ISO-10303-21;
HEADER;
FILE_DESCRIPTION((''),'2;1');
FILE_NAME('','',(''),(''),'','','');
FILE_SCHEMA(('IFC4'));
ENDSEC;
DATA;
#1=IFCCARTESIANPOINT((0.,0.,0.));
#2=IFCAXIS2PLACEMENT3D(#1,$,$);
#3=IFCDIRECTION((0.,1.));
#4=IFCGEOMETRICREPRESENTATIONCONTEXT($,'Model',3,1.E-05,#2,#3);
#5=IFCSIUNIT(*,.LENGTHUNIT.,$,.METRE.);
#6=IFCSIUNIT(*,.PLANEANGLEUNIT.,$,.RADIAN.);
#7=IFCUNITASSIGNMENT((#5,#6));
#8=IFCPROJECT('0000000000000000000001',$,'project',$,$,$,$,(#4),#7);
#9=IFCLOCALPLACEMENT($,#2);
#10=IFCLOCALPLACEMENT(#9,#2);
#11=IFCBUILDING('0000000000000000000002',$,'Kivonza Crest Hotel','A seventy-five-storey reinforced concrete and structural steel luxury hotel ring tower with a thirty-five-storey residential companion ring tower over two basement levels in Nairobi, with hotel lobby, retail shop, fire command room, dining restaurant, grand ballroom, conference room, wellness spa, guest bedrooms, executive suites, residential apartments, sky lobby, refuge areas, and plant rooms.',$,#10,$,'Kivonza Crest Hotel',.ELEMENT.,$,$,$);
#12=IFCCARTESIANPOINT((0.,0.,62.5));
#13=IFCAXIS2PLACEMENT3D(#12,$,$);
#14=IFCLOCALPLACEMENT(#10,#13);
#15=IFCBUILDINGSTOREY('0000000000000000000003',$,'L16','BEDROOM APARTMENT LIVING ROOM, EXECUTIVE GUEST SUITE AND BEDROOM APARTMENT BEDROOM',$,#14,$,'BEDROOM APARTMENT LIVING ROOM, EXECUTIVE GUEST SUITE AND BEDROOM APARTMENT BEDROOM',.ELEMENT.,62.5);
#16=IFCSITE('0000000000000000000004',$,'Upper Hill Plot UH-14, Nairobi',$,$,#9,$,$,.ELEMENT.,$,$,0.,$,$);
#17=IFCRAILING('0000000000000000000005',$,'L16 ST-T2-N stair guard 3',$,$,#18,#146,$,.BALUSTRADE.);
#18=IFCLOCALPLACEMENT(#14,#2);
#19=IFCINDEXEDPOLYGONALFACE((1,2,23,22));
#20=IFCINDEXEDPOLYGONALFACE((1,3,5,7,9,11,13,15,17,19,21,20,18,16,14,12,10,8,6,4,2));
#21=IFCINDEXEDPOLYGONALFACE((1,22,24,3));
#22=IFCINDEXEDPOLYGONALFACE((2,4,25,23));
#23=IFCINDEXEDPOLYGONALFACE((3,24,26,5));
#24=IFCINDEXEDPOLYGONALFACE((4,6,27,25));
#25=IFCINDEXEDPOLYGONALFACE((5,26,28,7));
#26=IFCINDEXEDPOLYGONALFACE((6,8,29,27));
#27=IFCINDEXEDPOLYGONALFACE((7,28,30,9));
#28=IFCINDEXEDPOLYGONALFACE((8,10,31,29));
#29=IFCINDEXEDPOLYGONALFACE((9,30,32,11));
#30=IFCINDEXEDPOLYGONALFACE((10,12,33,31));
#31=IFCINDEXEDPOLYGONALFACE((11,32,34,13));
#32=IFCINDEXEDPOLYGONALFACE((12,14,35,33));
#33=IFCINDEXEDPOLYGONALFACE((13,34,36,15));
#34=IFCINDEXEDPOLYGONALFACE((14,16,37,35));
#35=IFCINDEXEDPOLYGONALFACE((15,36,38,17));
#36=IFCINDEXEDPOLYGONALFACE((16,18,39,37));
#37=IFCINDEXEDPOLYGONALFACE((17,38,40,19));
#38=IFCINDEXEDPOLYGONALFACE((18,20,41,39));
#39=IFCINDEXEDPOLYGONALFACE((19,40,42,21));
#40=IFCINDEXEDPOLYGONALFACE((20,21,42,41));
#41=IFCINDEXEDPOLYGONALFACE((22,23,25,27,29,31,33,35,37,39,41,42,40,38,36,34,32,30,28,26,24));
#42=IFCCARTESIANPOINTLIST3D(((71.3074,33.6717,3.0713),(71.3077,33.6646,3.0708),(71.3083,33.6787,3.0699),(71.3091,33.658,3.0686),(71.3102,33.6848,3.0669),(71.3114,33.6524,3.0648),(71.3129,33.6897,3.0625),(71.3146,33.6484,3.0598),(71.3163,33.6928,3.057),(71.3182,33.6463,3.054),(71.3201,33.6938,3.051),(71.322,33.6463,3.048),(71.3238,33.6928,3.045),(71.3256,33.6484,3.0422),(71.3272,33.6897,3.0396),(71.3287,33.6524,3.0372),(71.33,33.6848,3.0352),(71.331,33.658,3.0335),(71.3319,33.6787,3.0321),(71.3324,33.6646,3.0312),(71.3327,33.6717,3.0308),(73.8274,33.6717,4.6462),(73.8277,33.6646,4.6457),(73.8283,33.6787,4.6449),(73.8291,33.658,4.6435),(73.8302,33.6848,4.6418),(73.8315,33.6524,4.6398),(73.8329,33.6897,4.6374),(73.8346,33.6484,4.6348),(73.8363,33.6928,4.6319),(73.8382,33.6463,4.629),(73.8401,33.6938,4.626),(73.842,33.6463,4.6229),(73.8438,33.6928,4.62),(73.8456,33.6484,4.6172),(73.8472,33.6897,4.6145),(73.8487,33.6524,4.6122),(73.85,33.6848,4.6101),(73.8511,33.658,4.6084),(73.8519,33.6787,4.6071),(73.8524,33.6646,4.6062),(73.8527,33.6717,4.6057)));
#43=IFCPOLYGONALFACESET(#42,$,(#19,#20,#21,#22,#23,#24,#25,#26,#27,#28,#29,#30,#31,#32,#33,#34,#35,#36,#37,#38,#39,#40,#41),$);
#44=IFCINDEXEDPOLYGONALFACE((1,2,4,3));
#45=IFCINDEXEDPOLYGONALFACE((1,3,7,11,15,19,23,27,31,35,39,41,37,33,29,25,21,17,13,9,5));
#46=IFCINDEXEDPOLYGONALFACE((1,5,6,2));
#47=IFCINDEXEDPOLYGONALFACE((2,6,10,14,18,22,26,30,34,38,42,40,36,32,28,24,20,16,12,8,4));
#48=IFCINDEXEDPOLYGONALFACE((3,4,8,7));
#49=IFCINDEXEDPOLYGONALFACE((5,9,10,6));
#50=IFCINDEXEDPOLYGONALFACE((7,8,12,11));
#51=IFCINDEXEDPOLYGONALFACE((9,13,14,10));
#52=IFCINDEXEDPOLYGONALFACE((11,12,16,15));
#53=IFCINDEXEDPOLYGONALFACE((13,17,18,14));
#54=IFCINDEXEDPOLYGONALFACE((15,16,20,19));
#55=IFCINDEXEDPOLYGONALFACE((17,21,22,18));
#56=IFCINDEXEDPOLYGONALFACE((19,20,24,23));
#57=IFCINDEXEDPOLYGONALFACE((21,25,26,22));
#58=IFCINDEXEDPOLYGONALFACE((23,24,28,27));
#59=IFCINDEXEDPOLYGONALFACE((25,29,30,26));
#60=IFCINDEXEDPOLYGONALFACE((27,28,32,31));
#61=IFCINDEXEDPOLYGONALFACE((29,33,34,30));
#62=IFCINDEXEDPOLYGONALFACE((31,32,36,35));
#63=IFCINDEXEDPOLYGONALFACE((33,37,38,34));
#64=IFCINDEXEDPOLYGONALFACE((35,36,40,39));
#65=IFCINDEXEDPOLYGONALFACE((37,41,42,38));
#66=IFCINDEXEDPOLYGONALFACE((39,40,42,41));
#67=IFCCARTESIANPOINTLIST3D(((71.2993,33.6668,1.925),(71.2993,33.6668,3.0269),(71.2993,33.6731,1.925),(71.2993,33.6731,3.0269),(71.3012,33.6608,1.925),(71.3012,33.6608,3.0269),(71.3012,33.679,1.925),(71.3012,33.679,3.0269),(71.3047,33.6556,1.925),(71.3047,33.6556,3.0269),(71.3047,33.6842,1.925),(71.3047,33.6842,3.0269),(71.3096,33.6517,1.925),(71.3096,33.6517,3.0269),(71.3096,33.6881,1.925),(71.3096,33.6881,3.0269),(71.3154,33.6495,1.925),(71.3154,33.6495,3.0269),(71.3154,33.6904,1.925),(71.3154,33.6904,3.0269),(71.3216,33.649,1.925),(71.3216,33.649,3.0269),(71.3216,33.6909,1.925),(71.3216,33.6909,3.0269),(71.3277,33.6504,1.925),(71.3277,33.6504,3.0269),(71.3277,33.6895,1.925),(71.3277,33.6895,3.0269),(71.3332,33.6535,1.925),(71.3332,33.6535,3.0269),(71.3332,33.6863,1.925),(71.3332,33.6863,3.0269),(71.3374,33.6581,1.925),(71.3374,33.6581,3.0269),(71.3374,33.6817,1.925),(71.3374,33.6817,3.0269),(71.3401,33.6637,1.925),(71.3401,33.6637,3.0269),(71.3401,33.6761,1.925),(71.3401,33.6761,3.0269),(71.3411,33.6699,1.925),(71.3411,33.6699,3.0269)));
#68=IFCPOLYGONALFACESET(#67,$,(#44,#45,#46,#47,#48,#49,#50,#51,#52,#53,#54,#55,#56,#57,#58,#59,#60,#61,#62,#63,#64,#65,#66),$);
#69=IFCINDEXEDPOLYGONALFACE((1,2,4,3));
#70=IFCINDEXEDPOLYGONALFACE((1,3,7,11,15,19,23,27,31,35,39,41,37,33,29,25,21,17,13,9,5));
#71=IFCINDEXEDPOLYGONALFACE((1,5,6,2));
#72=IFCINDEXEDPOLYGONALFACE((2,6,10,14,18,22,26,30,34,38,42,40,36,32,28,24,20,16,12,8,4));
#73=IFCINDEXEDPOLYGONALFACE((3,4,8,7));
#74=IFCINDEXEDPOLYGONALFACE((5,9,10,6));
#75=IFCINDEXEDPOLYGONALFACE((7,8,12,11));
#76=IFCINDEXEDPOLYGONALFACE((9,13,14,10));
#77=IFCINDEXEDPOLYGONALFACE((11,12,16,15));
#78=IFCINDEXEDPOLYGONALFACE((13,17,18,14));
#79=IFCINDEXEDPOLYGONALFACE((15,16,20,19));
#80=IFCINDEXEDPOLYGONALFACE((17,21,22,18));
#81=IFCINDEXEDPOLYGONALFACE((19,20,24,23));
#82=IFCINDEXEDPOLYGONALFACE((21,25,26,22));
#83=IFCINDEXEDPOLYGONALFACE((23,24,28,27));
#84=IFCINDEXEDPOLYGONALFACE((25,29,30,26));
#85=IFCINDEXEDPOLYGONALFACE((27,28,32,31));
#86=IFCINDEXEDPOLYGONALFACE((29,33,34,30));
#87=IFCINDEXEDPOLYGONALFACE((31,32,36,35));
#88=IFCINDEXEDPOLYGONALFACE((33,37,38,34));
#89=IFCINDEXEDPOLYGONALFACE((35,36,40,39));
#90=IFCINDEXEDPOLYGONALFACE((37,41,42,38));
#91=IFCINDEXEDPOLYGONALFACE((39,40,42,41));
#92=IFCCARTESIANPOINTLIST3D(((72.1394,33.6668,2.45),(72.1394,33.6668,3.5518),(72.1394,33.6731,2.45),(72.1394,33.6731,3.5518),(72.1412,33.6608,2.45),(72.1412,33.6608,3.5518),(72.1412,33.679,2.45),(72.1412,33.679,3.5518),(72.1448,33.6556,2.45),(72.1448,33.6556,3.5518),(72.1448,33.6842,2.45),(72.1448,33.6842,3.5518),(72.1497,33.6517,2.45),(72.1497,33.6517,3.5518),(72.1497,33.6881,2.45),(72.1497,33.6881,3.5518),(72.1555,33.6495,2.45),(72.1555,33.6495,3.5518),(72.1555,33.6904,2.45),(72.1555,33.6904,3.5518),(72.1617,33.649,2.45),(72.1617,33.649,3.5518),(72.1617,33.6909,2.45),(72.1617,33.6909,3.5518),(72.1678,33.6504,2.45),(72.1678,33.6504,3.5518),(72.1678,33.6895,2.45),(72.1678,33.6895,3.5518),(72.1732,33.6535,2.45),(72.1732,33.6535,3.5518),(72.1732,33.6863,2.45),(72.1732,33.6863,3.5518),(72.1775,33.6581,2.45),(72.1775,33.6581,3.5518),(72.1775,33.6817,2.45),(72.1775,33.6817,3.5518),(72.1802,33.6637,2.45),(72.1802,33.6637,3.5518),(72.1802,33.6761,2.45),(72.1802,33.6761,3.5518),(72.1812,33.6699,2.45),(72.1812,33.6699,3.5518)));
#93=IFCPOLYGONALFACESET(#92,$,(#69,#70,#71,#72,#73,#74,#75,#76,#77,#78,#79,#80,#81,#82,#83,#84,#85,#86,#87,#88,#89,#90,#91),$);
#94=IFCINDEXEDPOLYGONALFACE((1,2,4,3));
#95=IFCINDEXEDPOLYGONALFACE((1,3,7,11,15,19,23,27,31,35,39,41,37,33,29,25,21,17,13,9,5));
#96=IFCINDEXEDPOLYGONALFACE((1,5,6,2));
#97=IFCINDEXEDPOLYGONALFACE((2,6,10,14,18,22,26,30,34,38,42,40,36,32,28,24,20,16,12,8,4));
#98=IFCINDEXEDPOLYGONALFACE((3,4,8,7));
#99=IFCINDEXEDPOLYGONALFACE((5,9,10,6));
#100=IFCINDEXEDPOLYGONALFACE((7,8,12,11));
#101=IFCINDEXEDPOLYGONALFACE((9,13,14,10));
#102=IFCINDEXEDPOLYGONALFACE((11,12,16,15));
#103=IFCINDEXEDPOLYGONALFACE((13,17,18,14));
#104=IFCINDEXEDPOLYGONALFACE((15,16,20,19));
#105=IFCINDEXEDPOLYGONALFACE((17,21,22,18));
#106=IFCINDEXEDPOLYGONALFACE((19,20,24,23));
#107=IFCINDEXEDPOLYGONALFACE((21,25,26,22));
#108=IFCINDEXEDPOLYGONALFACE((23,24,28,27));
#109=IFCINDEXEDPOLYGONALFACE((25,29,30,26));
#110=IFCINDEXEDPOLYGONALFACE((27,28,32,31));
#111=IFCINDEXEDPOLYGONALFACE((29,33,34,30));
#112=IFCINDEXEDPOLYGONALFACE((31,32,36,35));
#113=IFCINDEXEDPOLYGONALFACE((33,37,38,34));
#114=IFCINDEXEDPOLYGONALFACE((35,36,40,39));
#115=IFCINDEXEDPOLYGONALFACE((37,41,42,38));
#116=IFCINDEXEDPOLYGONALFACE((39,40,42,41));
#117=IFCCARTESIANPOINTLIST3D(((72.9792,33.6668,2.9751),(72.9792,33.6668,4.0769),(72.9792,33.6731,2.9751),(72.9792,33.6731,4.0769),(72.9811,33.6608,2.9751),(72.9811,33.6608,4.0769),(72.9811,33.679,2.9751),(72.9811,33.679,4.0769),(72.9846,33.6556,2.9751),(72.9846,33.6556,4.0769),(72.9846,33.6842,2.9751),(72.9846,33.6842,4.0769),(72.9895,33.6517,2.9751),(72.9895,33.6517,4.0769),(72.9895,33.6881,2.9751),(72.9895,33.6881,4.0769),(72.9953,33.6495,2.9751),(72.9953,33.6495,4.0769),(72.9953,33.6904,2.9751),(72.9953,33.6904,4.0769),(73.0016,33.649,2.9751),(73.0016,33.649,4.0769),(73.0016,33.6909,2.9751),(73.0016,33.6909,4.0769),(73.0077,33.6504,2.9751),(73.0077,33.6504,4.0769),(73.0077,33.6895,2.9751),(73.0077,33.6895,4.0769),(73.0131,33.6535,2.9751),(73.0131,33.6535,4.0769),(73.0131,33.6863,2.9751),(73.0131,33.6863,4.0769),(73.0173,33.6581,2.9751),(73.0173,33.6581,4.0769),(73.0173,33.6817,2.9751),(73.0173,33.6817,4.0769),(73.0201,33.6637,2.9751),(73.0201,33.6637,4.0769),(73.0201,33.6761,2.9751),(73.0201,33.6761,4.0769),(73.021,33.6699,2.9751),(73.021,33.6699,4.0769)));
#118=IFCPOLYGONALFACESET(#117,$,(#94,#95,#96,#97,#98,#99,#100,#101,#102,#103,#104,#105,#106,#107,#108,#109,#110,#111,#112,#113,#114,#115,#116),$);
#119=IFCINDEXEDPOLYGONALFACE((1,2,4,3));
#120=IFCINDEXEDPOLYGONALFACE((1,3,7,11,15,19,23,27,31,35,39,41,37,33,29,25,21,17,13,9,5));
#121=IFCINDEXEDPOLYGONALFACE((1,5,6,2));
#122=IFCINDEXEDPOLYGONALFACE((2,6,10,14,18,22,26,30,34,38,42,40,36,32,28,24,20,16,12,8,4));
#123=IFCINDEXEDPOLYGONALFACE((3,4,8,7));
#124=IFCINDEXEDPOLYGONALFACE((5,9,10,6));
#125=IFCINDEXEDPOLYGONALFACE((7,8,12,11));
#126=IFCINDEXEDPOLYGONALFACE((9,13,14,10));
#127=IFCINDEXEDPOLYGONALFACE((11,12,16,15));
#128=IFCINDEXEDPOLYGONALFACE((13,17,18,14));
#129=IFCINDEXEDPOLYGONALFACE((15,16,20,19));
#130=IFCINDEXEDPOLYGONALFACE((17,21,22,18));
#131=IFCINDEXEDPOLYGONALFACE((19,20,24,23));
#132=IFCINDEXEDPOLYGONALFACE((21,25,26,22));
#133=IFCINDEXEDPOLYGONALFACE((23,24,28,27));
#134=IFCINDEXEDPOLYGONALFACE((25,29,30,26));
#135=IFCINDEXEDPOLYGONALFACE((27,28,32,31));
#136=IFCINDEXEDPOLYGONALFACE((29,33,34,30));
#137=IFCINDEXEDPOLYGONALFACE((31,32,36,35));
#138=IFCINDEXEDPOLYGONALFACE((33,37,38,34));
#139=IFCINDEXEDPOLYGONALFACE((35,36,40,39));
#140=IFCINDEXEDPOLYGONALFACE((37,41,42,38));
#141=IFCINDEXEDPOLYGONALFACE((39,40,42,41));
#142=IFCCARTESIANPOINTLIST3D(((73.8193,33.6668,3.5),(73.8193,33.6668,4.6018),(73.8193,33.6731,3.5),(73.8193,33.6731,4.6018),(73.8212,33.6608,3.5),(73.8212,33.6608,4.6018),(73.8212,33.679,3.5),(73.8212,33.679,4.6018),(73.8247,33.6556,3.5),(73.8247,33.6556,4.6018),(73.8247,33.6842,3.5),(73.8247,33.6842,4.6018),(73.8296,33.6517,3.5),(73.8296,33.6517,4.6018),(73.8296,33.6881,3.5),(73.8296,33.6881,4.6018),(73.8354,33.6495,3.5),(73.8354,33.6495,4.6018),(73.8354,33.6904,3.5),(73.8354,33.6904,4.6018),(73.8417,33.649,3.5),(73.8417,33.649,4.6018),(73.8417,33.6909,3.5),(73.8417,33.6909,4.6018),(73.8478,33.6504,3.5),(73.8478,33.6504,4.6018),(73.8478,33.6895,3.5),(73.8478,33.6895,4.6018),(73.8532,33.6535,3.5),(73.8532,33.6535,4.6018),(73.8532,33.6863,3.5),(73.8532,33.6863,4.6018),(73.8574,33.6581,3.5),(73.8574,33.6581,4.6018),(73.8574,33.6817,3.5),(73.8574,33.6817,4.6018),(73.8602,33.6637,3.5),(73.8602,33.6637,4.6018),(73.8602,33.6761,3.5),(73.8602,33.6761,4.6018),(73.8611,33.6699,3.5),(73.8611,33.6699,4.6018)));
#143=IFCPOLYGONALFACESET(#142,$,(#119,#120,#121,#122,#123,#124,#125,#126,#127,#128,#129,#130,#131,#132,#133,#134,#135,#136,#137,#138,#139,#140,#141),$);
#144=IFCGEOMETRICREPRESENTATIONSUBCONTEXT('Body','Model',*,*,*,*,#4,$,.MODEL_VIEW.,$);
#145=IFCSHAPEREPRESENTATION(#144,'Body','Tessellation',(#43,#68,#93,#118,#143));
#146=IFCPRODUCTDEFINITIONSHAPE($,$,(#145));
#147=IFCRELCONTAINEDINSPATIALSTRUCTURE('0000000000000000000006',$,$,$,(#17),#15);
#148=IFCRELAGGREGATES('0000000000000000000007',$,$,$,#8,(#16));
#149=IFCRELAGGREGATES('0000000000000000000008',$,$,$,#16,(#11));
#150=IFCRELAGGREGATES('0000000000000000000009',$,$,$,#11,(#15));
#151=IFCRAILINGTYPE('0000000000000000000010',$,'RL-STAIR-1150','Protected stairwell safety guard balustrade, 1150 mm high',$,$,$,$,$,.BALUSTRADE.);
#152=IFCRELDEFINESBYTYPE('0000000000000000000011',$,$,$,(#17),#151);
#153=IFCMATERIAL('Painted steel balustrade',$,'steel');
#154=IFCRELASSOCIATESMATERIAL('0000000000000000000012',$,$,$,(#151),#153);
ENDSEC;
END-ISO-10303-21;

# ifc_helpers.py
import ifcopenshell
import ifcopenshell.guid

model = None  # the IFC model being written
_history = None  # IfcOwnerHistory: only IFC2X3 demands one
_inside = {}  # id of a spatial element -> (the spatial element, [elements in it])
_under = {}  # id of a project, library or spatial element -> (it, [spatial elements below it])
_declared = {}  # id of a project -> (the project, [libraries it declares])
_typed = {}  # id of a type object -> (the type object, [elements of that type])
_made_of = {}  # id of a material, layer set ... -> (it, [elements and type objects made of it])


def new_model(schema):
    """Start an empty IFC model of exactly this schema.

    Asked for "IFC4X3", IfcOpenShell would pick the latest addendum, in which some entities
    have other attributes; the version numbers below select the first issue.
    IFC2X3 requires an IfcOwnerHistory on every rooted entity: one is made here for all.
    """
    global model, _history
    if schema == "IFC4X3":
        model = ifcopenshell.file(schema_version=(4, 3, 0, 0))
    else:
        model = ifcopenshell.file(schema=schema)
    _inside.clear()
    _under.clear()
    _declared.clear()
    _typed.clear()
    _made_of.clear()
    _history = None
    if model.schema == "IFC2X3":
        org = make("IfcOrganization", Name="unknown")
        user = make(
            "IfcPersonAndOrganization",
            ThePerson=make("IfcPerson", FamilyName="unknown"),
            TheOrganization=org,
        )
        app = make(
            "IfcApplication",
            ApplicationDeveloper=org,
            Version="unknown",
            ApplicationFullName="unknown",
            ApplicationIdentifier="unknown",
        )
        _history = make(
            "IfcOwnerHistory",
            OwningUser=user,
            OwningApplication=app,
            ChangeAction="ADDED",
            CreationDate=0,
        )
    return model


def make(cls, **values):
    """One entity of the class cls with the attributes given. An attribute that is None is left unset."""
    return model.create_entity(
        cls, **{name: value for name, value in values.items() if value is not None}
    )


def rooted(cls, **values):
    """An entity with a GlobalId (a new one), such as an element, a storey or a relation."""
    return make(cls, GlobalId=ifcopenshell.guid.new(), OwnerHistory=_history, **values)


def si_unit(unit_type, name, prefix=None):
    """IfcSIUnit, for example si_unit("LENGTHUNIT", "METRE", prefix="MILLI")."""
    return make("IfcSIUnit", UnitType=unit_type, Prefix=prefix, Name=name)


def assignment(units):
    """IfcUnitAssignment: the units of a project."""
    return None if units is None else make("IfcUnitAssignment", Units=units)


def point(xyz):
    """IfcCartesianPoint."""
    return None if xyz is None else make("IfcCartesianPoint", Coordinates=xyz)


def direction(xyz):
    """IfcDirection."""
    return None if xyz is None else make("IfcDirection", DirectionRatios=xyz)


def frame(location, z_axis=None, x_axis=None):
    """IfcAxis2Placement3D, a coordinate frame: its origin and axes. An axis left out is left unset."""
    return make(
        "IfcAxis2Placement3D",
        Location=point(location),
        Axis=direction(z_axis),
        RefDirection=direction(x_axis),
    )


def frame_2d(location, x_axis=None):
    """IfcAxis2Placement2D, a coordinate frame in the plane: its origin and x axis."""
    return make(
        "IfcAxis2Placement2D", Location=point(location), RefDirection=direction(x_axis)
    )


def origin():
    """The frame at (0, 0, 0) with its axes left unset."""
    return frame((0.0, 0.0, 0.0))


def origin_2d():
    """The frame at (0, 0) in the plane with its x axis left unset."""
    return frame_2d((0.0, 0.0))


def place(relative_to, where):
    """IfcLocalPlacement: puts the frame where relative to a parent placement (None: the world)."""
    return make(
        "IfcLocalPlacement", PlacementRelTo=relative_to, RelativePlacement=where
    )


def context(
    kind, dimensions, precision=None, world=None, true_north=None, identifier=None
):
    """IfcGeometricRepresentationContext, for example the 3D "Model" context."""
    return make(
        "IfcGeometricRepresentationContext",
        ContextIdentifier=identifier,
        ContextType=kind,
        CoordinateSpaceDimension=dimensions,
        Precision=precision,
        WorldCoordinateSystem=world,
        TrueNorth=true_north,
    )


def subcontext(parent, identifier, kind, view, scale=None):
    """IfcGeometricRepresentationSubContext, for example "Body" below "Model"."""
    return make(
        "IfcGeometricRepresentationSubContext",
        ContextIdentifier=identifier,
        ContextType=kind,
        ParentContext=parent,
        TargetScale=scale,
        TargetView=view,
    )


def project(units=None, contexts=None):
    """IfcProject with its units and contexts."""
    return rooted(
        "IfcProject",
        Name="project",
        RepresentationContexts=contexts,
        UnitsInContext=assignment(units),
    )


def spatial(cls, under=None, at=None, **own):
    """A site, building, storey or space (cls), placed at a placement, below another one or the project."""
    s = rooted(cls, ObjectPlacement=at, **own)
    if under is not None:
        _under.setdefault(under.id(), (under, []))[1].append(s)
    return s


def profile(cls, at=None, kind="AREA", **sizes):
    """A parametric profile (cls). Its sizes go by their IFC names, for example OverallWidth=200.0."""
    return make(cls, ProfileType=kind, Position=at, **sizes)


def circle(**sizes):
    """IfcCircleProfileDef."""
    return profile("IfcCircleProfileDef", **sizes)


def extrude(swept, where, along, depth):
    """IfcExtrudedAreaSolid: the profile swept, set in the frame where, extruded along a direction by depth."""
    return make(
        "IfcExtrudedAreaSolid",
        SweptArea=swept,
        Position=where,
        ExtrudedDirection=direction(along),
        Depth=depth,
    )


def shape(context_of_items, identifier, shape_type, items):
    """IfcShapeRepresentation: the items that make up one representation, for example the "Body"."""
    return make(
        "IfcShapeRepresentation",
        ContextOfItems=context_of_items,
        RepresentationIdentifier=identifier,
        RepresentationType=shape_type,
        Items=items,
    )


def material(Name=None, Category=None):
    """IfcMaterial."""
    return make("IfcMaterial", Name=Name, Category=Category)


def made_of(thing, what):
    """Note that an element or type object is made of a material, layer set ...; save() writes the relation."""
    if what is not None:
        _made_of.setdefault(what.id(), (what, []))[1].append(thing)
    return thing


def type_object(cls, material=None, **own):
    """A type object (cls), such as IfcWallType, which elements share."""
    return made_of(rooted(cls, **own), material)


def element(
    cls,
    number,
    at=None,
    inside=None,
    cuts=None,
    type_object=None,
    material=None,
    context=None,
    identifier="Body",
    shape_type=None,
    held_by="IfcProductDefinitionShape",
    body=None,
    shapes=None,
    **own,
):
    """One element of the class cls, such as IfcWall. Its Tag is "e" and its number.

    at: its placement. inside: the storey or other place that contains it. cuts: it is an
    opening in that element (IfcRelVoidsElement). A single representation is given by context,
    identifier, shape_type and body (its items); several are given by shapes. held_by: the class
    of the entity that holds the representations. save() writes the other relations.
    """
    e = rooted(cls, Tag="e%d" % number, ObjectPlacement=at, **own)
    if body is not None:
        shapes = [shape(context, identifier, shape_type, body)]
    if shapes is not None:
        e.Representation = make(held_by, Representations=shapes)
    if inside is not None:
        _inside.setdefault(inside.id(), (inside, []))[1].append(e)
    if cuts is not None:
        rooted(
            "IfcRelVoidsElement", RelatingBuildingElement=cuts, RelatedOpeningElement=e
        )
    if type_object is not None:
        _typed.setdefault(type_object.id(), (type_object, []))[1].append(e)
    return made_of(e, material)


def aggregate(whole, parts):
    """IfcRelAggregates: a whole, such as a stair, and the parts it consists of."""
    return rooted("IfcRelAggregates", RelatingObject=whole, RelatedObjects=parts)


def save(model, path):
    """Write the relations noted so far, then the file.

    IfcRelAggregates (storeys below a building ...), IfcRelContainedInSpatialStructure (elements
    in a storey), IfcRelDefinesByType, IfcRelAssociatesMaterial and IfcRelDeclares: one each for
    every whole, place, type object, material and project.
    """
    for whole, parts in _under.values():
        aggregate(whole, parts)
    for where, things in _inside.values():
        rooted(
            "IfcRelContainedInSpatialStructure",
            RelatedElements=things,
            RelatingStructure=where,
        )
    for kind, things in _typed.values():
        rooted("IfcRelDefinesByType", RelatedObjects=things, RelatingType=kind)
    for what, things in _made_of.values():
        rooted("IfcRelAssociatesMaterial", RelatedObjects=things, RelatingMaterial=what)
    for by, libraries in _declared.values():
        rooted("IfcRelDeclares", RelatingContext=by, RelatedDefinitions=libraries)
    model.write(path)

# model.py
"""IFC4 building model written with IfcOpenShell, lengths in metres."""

from ifc_helpers import new_model, si_unit, direction, frame, origin, origin_2d, place, context, subcontext, project, spatial, circle, extrude, material, type_object, element, save


model = new_model("IFC4")

# Units and contexts
model_context = context("Model", 3, precision=1e-05, world=origin(), true_north=direction((0.0, 1.0)))
body_context = subcontext(model_context, "Body", "Model", "MODEL_VIEW")
ifc_project = project(units=[si_unit("LENGTHUNIT", "METRE"), si_unit("PLANEANGLEUNIT", "RADIAN")], contexts=[model_context])

# Site, building, storey
site_placement = place(None, origin())
site = spatial("IfcSite", under=ifc_project, at=site_placement, Name="Upper Hill Plot UH-14, Nairobi", CompositionType="ELEMENT", RefElevation=0.0)
building_placement = place(site_placement, origin())
building = spatial("IfcBuilding", under=site, at=building_placement, Name="Kivonza Crest Hotel", Description="A seventy-five-storey reinforced concrete and structural steel luxury hotel ring tower with a thirty-five-storey residential companion ring tower over two basement levels in Nairobi, with hotel lobby, retail shop, fire command room, dining restaurant, grand ballroom, conference room, wellness spa, guest bedrooms, executive suites, residential apartments, sky lobby, refuge areas, and plant rooms.", LongName="Kivonza Crest Hotel", CompositionType="ELEMENT")
storey_placement = place(building_placement, frame((0.0, 0.0, 62.5)))
storey = spatial("IfcBuildingStorey", under=building, at=storey_placement, Name="L16", Description="BEDROOM APARTMENT LIVING ROOM, EXECUTIVE GUEST SUITE AND BEDROOM APARTMENT BEDROOM", LongName="BEDROOM APARTMENT LIVING ROOM, EXECUTIVE GUEST SUITE AND BEDROOM APARTMENT BEDROOM", CompositionType="ELEMENT", Elevation=62.5)

# Railing
ifc_material_1 = material(Name="Painted steel balustrade", Category="steel")
railing_type_1 = type_object("IfcRailingType", Name="RL-STAIR-1150", Description="Protected stairwell safety guard balustrade, 1150 mm high", PredefinedType="BALUSTRADE", material=ifc_material_1)
railing_1_placement = place(storey_placement, frame((71.3201, 33.6699, 1.925)))
element("IfcRailing", 1, at=railing_1_placement, inside=storey, type_object=railing_type_1, Name="L16 ST-T2-N stair guard 3", PredefinedType="BALUSTRADE", context=body_context, shape_type="SweptSolid", body=[
    extrude(circle(Radius=0.0239, at=origin_2d()), frame((0.0, 0.0, 1.126), z_axis=(0.848008, 0.0, 0.529984), x_axis=(0.0, 1.0, 0.0)), (0.0, 0.0, 1.0), 2.9717),
    extrude(circle(Radius=0.021, at=origin_2d()), origin(), (0.0, 0.0, 1.0), 1.1018),
    extrude(circle(Radius=0.021, at=origin_2d()), frame((0.8401, 0.0, 0.5249)), (0.0, 0.0, 1.0), 1.1018),
    extrude(circle(Radius=0.021, at=origin_2d()), frame((1.6799, 0.0, 1.05)), (0.0, 0.0, 1.0), 1.1018),
    extrude(circle(Radius=0.021, at=origin_2d()), frame((2.52, 0.0, 1.575)), (0.0, 0.0, 1.0), 1.1018),
])

save(model, "model.ifc")
